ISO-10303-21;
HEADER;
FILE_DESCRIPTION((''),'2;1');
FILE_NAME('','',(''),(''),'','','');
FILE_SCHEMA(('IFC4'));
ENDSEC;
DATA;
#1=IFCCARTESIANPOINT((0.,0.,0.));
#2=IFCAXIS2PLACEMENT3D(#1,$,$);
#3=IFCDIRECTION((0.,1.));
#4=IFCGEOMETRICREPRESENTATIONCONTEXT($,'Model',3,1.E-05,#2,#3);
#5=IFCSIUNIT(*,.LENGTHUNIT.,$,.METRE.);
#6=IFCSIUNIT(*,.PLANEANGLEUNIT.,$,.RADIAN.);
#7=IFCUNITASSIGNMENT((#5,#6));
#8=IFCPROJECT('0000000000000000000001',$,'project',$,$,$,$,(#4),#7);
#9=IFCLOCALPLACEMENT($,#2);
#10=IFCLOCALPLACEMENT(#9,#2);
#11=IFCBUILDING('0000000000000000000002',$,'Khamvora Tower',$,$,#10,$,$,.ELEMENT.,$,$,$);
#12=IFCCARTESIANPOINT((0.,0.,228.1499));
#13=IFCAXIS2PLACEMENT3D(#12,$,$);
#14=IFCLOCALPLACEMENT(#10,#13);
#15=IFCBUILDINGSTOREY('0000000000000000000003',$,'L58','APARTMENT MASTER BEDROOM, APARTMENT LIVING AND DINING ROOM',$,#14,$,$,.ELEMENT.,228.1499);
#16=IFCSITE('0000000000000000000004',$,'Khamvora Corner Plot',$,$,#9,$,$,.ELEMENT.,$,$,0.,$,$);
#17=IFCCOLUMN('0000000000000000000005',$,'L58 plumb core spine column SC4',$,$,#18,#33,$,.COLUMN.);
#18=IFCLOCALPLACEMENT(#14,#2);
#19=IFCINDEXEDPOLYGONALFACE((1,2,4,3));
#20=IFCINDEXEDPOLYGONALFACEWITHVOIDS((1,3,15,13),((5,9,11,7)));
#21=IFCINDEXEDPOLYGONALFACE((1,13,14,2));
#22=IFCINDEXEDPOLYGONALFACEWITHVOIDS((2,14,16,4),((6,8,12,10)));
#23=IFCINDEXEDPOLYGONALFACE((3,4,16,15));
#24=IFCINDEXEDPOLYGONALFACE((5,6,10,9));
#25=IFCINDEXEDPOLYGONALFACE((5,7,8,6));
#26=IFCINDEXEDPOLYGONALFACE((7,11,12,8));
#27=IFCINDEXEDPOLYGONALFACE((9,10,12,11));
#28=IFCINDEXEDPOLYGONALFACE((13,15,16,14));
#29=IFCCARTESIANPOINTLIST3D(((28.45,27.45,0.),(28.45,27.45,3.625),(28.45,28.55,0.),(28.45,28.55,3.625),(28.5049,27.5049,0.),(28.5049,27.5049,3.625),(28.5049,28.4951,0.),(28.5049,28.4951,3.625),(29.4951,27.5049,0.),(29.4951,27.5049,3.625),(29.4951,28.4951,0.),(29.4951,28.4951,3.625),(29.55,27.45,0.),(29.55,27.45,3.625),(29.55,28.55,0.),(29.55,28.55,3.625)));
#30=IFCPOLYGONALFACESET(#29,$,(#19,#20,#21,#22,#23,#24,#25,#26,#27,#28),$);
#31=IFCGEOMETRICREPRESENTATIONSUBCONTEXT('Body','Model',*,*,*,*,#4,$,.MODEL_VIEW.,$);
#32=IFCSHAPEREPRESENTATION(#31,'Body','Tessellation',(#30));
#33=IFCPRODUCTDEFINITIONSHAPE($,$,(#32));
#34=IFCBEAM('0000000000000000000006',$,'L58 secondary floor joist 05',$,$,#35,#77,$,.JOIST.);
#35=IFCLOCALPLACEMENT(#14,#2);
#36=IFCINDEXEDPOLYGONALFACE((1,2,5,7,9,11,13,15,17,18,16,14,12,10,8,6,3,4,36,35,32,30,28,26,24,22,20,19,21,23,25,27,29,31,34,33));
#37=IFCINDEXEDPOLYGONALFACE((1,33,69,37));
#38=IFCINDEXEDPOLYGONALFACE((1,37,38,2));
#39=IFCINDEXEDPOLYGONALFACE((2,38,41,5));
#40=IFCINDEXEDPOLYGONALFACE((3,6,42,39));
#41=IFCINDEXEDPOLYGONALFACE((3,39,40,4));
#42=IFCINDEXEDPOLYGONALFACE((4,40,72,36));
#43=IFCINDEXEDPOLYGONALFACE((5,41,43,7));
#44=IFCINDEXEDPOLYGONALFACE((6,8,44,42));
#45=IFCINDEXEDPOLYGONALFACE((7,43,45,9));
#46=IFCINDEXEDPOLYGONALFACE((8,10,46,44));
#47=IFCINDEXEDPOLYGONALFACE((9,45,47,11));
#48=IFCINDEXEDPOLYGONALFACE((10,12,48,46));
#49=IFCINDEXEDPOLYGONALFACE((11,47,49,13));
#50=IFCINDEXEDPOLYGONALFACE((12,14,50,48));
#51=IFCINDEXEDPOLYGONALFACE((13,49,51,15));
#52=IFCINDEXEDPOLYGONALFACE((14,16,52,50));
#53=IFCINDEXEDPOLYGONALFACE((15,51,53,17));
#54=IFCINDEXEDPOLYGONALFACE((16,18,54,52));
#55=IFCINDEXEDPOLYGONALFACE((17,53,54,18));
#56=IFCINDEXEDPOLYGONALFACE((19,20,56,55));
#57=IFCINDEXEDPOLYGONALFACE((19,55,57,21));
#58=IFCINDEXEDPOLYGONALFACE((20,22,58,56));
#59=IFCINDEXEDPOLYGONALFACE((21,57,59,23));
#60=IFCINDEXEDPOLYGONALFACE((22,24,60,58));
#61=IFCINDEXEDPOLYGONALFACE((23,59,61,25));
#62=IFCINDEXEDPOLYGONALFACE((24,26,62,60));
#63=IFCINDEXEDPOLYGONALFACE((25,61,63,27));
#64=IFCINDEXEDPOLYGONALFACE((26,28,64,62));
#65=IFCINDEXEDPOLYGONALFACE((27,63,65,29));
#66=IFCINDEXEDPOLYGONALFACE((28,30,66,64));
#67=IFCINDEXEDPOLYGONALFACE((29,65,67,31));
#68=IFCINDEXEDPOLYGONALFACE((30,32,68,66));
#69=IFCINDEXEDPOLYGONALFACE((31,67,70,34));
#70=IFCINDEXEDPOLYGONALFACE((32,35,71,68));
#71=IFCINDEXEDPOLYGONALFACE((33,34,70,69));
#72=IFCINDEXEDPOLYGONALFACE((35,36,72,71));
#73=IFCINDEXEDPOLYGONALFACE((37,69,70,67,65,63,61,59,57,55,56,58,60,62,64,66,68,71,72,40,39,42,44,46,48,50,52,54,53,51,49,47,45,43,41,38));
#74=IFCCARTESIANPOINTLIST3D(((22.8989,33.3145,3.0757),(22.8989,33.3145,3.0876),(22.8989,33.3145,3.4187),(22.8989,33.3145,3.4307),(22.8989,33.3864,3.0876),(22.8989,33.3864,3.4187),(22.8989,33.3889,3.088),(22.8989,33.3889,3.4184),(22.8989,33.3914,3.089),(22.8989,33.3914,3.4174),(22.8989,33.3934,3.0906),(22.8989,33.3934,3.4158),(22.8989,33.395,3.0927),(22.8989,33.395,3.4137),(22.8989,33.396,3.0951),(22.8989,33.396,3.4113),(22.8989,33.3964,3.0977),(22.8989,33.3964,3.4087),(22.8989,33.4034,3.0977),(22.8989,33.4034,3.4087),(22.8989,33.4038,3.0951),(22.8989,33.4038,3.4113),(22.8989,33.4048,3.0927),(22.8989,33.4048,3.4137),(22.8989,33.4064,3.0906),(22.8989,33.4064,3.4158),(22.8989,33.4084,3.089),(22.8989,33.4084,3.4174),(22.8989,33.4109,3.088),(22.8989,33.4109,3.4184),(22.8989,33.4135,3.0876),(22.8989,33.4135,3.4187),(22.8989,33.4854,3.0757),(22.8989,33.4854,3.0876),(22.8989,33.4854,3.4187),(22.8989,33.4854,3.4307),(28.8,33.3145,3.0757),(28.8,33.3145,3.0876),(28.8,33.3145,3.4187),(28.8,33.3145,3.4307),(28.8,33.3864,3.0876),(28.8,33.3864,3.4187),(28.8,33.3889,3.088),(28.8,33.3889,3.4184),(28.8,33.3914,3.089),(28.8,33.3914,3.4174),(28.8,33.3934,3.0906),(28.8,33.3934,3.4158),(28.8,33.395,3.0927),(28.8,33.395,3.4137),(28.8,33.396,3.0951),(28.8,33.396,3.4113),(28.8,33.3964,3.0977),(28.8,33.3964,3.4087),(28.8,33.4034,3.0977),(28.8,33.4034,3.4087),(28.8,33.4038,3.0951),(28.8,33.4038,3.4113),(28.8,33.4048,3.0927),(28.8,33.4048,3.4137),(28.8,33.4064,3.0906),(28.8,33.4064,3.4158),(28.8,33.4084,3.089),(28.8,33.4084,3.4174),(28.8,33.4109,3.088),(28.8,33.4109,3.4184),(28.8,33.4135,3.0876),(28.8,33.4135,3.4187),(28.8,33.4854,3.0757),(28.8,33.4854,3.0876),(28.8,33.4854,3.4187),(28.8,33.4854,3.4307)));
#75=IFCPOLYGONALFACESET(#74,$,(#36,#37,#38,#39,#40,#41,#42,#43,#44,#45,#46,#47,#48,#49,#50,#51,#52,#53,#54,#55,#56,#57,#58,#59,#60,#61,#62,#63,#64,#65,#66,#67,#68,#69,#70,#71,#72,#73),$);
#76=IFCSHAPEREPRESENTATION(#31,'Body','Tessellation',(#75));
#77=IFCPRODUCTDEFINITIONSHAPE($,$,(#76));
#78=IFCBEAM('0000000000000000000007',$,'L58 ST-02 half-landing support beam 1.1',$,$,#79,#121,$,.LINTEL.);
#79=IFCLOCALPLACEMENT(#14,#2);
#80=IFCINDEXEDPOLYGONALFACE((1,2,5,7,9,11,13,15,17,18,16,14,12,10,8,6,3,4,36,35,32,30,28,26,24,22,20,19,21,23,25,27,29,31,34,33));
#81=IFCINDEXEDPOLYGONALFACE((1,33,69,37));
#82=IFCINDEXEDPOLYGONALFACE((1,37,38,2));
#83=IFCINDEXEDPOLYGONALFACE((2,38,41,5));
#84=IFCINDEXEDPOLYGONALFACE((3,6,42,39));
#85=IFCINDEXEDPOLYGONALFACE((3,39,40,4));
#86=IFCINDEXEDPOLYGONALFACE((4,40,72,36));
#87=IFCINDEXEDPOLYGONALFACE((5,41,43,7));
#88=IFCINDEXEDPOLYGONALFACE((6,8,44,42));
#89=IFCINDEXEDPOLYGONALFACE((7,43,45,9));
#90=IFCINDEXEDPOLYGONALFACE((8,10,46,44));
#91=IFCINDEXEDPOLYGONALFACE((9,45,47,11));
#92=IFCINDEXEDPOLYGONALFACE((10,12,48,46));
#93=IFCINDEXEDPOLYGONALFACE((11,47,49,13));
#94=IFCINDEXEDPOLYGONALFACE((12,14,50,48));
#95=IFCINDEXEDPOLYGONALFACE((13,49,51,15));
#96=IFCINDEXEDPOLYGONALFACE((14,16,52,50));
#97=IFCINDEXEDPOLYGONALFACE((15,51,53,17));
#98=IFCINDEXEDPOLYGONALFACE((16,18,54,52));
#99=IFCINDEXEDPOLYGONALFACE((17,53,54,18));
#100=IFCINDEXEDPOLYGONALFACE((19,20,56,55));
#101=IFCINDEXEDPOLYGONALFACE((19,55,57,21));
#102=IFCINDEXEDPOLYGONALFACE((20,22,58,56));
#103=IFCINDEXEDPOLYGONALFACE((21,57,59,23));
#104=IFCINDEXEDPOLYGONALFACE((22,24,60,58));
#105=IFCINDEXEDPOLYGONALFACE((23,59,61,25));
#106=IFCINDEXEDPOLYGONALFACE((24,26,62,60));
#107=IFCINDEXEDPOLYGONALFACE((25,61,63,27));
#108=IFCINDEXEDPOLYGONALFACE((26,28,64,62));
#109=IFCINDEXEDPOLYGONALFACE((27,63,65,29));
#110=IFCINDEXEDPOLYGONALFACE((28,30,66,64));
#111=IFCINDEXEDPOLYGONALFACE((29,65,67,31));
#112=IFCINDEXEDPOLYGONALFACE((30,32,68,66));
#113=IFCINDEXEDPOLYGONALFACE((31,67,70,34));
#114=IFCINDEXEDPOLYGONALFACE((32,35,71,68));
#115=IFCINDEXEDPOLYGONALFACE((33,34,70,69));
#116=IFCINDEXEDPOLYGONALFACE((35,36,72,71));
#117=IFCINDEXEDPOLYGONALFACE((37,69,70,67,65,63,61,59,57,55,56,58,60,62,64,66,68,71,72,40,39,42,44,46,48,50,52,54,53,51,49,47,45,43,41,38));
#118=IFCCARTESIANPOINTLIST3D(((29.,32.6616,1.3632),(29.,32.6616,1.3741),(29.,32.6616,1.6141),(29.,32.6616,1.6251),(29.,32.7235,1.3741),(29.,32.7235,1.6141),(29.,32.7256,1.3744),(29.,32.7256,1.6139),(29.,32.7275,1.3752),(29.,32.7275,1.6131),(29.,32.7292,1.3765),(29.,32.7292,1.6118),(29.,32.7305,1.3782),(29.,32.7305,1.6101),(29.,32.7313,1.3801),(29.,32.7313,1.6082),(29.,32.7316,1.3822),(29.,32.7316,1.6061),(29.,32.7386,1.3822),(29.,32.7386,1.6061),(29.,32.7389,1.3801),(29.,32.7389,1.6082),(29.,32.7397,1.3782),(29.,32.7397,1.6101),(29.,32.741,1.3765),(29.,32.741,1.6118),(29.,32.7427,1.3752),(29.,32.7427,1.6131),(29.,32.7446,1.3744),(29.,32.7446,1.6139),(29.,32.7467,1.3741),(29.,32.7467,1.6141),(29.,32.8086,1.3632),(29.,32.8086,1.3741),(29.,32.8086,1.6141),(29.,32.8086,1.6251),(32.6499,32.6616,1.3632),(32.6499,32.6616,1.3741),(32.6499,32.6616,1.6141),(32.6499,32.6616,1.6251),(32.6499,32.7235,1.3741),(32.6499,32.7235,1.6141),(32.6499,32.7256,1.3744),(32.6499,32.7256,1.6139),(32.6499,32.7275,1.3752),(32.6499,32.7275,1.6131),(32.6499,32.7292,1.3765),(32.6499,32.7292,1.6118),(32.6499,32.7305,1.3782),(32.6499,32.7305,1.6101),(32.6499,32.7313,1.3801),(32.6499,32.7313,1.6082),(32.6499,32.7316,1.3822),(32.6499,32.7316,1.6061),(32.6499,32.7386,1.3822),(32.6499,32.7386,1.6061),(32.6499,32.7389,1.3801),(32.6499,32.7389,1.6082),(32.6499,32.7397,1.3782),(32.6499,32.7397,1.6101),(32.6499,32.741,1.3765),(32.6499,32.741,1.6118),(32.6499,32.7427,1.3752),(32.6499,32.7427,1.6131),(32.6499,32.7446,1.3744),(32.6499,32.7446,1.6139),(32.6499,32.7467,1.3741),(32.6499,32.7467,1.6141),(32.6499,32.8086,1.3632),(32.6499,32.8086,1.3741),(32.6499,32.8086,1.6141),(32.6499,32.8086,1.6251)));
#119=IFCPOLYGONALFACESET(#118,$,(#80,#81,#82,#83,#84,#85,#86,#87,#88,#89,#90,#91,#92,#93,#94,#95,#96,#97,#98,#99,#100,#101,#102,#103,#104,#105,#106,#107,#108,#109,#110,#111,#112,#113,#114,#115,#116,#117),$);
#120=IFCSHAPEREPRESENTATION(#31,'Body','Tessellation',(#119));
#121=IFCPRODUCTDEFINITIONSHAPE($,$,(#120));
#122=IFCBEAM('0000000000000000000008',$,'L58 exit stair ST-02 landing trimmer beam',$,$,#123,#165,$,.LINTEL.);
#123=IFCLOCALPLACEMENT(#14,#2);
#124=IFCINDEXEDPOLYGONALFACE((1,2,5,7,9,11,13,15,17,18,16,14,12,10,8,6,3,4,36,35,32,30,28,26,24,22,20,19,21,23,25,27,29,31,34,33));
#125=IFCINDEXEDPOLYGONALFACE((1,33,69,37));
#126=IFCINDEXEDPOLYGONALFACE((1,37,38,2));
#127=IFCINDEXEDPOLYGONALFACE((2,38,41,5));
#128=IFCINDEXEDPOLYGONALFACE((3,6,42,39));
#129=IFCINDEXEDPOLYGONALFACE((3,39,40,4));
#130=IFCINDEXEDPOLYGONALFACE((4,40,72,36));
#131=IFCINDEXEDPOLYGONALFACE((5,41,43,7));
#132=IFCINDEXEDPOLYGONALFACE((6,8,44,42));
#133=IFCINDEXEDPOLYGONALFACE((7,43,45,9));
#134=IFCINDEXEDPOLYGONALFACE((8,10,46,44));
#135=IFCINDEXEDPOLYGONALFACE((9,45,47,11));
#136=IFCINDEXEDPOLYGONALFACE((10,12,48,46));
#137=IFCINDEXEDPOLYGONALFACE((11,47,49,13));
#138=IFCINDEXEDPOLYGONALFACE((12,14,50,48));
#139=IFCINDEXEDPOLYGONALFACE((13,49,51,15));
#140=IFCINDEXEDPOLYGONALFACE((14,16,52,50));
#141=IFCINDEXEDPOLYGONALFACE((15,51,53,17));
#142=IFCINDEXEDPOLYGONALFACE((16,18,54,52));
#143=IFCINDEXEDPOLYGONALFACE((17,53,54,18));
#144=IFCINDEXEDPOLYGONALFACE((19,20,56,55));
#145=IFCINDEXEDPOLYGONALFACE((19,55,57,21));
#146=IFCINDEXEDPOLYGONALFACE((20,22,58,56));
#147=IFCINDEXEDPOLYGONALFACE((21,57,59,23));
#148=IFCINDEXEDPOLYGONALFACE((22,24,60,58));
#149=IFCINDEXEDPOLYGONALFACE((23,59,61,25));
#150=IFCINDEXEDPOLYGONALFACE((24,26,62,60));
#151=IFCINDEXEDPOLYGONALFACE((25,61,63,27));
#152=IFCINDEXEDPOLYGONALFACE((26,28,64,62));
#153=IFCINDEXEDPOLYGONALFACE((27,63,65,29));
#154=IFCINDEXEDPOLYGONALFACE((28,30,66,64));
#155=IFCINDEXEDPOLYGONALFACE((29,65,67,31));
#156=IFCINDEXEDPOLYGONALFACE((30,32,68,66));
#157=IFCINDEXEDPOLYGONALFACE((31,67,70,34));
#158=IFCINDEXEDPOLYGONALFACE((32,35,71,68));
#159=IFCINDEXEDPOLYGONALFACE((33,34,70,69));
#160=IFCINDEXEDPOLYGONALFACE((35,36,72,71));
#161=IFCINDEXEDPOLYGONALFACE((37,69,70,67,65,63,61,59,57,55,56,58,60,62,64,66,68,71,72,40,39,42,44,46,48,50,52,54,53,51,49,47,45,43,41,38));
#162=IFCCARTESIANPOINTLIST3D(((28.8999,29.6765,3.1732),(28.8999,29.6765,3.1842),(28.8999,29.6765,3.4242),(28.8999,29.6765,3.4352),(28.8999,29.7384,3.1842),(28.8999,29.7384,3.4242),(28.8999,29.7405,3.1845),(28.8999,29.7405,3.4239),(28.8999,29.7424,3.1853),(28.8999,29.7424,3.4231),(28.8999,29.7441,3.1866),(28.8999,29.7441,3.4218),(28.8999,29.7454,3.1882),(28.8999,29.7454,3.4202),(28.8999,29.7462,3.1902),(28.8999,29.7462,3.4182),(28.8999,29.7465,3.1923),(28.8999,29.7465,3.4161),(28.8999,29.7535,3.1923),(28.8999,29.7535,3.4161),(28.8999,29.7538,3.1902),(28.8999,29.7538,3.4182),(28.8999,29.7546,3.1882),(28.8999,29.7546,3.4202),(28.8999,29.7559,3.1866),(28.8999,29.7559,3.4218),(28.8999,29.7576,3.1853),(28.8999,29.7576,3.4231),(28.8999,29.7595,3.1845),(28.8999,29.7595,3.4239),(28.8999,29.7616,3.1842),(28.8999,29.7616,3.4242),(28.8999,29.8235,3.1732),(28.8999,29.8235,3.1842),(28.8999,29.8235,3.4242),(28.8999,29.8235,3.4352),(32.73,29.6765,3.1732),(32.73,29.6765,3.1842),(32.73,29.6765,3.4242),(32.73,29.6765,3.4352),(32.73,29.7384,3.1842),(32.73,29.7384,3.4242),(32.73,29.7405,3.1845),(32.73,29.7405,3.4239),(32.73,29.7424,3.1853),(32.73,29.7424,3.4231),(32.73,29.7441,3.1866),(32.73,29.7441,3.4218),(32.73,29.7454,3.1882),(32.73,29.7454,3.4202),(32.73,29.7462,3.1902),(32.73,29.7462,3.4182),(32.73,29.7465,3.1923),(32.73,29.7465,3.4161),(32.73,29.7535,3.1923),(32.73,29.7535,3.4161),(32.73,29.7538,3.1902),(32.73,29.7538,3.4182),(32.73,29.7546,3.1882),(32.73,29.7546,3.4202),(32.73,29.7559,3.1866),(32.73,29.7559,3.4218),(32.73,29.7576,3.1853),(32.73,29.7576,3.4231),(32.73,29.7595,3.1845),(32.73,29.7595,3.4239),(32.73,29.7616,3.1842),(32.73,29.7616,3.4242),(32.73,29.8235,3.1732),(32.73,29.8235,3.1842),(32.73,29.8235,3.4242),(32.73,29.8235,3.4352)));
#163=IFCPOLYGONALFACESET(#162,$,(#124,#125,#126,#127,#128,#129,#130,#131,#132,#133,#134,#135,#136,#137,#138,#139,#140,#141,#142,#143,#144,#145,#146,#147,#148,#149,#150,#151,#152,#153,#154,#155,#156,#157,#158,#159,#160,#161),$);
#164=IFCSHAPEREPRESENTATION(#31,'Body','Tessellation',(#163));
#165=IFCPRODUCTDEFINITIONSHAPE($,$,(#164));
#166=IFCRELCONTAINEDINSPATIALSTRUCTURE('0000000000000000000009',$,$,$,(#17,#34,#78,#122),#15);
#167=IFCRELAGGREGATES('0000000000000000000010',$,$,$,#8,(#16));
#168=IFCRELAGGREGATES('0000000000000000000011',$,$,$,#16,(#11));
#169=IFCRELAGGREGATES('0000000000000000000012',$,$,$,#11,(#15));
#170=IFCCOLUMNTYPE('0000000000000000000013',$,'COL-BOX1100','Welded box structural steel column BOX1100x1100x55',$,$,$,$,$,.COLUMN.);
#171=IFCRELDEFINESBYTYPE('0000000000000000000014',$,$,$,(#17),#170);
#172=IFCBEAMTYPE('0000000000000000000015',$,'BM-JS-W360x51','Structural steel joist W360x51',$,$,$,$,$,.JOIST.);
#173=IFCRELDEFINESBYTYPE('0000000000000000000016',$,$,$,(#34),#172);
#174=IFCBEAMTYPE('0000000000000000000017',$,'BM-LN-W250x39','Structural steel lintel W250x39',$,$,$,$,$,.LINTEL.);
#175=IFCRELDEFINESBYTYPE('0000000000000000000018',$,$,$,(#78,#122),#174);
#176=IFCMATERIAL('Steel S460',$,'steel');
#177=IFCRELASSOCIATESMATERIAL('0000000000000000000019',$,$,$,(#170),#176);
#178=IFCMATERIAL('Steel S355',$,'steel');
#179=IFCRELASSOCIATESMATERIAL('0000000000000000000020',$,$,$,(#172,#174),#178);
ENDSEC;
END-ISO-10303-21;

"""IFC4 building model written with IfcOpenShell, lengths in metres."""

from ifc_helpers import new_model, si_unit, direction, frame, origin, origin_2d, place, context, subcontext, project, spatial, hollow_rectangle, i_section, extrude, material, material_profile, profile_set, type_object, element, save


model = new_model("IFC4")

# Units and contexts
model_context = context("Model", 3, precision=1e-05, world=origin(), true_north=direction((0.0, 1.0)))
body_context = subcontext(model_context, "Body", "Model", "MODEL_VIEW")
ifc_project = project(units=[si_unit("LENGTHUNIT", "METRE"), si_unit("PLANEANGLEUNIT", "RADIAN")], contexts=[model_context])

# Site, building, storey
site_placement = place(None, origin())
site = spatial("IfcSite", under=ifc_project, at=site_placement, Name="Khamvora Corner Plot", CompositionType="ELEMENT", RefElevation=0.0)
building_placement = place(site_placement, origin())
building = spatial("IfcBuilding", under=site, at=building_placement, Name="Khamvora Tower", CompositionType="ELEMENT")
storey_placement = place(building_placement, frame((0.0, 0.0, 228.1499)))
storey = spatial("IfcBuildingStorey", under=building, at=storey_placement, Name="L58", Description="APARTMENT MASTER BEDROOM, APARTMENT LIVING AND DINING ROOM", CompositionType="ELEMENT", Elevation=228.1499)

# Column
ifc_material_1 = material(Name="Steel S460", Category="steel")
ifc_material_profile_1 = material_profile(ifc_material_1, hollow_rectangle(XDim=1.1001, YDim=1.1001, WallThickness=0.0549, at=origin_2d()), Name="BOX1100x1100x55")
ifc_profile_set_1 = profile_set([ifc_material_profile_1], Name="Steel S460")
column_type = type_object("IfcColumnType", Name="COL-BOX1100", Description="Welded box structural steel column BOX1100x1100x55", PredefinedType="COLUMN", material=ifc_profile_set_1)
column_placement = place(storey_placement, frame((29.0, 28.0, 0.0), z_axis=(0.0, 0.0, 1.0), x_axis=(1.0, 0.0, 0.0)))
element("IfcColumn", 1, at=column_placement, inside=storey, type_object=column_type, Name="L58 plumb core spine column SC4", PredefinedType="COLUMN", context=body_context, shape_type="SweptSolid", body=[
    extrude(hollow_rectangle(XDim=1.1001, YDim=1.1001, WallThickness=0.0549, at=origin_2d()), origin(), (0.0, 0.0, 1.0), 3.625),
])

# Beams
ifc_material_2 = material(Name="Steel S355", Category="steel")
ifc_material_profile_2 = material_profile(ifc_material_2, i_section(OverallWidth=0.1709, OverallDepth=0.355, WebThickness=0.0071, FlangeThickness=0.012, FilletRadius=0.01, at=origin_2d()), Name="W360x51")
ifc_profile_set_2 = profile_set([ifc_material_profile_2], Name="Steel S355")
beam_type_1 = type_object("IfcBeamType", Name="BM-JS-W360x51", Description="Structural steel joist W360x51", PredefinedType="JOIST", material=ifc_profile_set_2)
beam_1_placement = place(storey_placement, frame((22.8989, 33.3999, 3.2532), z_axis=(1.0, 0.0, 0.0), x_axis=(0.0, 1.0, 0.0)))
element("IfcBeam", 2, at=beam_1_placement, inside=storey, type_object=beam_type_1, Name="L58 secondary floor joist 05", PredefinedType="JOIST", context=body_context, shape_type="SweptSolid", body=[
    extrude(i_section(OverallWidth=0.1709, OverallDepth=0.355, WebThickness=0.0071, FlangeThickness=0.012, FilletRadius=0.01, at=origin_2d()), origin(), (0.0, 0.0, 1.0), 5.9011),
])
ifc_material_profile_3 = material_profile(ifc_material_2, i_section(OverallWidth=0.147, OverallDepth=0.262, WebThickness=0.0071, FlangeThickness=0.011, FilletRadius=0.0081, at=origin_2d()), Name="W250x39")
ifc_profile_set_3 = profile_set([ifc_material_profile_3], Name="Steel S355")
beam_type_2 = type_object("IfcBeamType", Name="BM-LN-W250x39", Description="Structural steel lintel W250x39", PredefinedType="LINTEL", material=ifc_profile_set_3)
beam_2_placement = place(storey_placement, frame((29.0, 32.7351, 1.4941), z_axis=(1.0, 0.0, 0.0), x_axis=(0.0, 1.0, 0.0)))
element("IfcBeam", 3, at=beam_2_placement, inside=storey, type_object=beam_type_2, Name="L58 ST-02 half-landing support beam 1.1", PredefinedType="LINTEL", context=body_context, shape_type="SweptSolid", body=[
    extrude(i_section(OverallWidth=0.147, OverallDepth=0.262, WebThickness=0.0071, FlangeThickness=0.011, FilletRadius=0.0081, at=origin_2d()), origin(), (0.0, 0.0, 1.0), 3.6499),
])
beam_3_placement = place(storey_placement, frame((28.8999, 29.75, 3.3042), z_axis=(1.0, 0.0, 0.0), x_axis=(0.0, 1.0, 0.0)))
element("IfcBeam", 4, at=beam_3_placement, inside=storey, type_object=beam_type_2, Name="L58 exit stair ST-02 landing trimmer beam", PredefinedType="LINTEL", context=body_context, shape_type="SweptSolid", body=[
    extrude(i_section(OverallWidth=0.147, OverallDepth=0.262, WebThickness=0.0071, FlangeThickness=0.011, FilletRadius=0.0081, at=origin_2d()), origin(), (0.0, 0.0, 1.0), 3.8301),
])

save(model, "model.ifc")
